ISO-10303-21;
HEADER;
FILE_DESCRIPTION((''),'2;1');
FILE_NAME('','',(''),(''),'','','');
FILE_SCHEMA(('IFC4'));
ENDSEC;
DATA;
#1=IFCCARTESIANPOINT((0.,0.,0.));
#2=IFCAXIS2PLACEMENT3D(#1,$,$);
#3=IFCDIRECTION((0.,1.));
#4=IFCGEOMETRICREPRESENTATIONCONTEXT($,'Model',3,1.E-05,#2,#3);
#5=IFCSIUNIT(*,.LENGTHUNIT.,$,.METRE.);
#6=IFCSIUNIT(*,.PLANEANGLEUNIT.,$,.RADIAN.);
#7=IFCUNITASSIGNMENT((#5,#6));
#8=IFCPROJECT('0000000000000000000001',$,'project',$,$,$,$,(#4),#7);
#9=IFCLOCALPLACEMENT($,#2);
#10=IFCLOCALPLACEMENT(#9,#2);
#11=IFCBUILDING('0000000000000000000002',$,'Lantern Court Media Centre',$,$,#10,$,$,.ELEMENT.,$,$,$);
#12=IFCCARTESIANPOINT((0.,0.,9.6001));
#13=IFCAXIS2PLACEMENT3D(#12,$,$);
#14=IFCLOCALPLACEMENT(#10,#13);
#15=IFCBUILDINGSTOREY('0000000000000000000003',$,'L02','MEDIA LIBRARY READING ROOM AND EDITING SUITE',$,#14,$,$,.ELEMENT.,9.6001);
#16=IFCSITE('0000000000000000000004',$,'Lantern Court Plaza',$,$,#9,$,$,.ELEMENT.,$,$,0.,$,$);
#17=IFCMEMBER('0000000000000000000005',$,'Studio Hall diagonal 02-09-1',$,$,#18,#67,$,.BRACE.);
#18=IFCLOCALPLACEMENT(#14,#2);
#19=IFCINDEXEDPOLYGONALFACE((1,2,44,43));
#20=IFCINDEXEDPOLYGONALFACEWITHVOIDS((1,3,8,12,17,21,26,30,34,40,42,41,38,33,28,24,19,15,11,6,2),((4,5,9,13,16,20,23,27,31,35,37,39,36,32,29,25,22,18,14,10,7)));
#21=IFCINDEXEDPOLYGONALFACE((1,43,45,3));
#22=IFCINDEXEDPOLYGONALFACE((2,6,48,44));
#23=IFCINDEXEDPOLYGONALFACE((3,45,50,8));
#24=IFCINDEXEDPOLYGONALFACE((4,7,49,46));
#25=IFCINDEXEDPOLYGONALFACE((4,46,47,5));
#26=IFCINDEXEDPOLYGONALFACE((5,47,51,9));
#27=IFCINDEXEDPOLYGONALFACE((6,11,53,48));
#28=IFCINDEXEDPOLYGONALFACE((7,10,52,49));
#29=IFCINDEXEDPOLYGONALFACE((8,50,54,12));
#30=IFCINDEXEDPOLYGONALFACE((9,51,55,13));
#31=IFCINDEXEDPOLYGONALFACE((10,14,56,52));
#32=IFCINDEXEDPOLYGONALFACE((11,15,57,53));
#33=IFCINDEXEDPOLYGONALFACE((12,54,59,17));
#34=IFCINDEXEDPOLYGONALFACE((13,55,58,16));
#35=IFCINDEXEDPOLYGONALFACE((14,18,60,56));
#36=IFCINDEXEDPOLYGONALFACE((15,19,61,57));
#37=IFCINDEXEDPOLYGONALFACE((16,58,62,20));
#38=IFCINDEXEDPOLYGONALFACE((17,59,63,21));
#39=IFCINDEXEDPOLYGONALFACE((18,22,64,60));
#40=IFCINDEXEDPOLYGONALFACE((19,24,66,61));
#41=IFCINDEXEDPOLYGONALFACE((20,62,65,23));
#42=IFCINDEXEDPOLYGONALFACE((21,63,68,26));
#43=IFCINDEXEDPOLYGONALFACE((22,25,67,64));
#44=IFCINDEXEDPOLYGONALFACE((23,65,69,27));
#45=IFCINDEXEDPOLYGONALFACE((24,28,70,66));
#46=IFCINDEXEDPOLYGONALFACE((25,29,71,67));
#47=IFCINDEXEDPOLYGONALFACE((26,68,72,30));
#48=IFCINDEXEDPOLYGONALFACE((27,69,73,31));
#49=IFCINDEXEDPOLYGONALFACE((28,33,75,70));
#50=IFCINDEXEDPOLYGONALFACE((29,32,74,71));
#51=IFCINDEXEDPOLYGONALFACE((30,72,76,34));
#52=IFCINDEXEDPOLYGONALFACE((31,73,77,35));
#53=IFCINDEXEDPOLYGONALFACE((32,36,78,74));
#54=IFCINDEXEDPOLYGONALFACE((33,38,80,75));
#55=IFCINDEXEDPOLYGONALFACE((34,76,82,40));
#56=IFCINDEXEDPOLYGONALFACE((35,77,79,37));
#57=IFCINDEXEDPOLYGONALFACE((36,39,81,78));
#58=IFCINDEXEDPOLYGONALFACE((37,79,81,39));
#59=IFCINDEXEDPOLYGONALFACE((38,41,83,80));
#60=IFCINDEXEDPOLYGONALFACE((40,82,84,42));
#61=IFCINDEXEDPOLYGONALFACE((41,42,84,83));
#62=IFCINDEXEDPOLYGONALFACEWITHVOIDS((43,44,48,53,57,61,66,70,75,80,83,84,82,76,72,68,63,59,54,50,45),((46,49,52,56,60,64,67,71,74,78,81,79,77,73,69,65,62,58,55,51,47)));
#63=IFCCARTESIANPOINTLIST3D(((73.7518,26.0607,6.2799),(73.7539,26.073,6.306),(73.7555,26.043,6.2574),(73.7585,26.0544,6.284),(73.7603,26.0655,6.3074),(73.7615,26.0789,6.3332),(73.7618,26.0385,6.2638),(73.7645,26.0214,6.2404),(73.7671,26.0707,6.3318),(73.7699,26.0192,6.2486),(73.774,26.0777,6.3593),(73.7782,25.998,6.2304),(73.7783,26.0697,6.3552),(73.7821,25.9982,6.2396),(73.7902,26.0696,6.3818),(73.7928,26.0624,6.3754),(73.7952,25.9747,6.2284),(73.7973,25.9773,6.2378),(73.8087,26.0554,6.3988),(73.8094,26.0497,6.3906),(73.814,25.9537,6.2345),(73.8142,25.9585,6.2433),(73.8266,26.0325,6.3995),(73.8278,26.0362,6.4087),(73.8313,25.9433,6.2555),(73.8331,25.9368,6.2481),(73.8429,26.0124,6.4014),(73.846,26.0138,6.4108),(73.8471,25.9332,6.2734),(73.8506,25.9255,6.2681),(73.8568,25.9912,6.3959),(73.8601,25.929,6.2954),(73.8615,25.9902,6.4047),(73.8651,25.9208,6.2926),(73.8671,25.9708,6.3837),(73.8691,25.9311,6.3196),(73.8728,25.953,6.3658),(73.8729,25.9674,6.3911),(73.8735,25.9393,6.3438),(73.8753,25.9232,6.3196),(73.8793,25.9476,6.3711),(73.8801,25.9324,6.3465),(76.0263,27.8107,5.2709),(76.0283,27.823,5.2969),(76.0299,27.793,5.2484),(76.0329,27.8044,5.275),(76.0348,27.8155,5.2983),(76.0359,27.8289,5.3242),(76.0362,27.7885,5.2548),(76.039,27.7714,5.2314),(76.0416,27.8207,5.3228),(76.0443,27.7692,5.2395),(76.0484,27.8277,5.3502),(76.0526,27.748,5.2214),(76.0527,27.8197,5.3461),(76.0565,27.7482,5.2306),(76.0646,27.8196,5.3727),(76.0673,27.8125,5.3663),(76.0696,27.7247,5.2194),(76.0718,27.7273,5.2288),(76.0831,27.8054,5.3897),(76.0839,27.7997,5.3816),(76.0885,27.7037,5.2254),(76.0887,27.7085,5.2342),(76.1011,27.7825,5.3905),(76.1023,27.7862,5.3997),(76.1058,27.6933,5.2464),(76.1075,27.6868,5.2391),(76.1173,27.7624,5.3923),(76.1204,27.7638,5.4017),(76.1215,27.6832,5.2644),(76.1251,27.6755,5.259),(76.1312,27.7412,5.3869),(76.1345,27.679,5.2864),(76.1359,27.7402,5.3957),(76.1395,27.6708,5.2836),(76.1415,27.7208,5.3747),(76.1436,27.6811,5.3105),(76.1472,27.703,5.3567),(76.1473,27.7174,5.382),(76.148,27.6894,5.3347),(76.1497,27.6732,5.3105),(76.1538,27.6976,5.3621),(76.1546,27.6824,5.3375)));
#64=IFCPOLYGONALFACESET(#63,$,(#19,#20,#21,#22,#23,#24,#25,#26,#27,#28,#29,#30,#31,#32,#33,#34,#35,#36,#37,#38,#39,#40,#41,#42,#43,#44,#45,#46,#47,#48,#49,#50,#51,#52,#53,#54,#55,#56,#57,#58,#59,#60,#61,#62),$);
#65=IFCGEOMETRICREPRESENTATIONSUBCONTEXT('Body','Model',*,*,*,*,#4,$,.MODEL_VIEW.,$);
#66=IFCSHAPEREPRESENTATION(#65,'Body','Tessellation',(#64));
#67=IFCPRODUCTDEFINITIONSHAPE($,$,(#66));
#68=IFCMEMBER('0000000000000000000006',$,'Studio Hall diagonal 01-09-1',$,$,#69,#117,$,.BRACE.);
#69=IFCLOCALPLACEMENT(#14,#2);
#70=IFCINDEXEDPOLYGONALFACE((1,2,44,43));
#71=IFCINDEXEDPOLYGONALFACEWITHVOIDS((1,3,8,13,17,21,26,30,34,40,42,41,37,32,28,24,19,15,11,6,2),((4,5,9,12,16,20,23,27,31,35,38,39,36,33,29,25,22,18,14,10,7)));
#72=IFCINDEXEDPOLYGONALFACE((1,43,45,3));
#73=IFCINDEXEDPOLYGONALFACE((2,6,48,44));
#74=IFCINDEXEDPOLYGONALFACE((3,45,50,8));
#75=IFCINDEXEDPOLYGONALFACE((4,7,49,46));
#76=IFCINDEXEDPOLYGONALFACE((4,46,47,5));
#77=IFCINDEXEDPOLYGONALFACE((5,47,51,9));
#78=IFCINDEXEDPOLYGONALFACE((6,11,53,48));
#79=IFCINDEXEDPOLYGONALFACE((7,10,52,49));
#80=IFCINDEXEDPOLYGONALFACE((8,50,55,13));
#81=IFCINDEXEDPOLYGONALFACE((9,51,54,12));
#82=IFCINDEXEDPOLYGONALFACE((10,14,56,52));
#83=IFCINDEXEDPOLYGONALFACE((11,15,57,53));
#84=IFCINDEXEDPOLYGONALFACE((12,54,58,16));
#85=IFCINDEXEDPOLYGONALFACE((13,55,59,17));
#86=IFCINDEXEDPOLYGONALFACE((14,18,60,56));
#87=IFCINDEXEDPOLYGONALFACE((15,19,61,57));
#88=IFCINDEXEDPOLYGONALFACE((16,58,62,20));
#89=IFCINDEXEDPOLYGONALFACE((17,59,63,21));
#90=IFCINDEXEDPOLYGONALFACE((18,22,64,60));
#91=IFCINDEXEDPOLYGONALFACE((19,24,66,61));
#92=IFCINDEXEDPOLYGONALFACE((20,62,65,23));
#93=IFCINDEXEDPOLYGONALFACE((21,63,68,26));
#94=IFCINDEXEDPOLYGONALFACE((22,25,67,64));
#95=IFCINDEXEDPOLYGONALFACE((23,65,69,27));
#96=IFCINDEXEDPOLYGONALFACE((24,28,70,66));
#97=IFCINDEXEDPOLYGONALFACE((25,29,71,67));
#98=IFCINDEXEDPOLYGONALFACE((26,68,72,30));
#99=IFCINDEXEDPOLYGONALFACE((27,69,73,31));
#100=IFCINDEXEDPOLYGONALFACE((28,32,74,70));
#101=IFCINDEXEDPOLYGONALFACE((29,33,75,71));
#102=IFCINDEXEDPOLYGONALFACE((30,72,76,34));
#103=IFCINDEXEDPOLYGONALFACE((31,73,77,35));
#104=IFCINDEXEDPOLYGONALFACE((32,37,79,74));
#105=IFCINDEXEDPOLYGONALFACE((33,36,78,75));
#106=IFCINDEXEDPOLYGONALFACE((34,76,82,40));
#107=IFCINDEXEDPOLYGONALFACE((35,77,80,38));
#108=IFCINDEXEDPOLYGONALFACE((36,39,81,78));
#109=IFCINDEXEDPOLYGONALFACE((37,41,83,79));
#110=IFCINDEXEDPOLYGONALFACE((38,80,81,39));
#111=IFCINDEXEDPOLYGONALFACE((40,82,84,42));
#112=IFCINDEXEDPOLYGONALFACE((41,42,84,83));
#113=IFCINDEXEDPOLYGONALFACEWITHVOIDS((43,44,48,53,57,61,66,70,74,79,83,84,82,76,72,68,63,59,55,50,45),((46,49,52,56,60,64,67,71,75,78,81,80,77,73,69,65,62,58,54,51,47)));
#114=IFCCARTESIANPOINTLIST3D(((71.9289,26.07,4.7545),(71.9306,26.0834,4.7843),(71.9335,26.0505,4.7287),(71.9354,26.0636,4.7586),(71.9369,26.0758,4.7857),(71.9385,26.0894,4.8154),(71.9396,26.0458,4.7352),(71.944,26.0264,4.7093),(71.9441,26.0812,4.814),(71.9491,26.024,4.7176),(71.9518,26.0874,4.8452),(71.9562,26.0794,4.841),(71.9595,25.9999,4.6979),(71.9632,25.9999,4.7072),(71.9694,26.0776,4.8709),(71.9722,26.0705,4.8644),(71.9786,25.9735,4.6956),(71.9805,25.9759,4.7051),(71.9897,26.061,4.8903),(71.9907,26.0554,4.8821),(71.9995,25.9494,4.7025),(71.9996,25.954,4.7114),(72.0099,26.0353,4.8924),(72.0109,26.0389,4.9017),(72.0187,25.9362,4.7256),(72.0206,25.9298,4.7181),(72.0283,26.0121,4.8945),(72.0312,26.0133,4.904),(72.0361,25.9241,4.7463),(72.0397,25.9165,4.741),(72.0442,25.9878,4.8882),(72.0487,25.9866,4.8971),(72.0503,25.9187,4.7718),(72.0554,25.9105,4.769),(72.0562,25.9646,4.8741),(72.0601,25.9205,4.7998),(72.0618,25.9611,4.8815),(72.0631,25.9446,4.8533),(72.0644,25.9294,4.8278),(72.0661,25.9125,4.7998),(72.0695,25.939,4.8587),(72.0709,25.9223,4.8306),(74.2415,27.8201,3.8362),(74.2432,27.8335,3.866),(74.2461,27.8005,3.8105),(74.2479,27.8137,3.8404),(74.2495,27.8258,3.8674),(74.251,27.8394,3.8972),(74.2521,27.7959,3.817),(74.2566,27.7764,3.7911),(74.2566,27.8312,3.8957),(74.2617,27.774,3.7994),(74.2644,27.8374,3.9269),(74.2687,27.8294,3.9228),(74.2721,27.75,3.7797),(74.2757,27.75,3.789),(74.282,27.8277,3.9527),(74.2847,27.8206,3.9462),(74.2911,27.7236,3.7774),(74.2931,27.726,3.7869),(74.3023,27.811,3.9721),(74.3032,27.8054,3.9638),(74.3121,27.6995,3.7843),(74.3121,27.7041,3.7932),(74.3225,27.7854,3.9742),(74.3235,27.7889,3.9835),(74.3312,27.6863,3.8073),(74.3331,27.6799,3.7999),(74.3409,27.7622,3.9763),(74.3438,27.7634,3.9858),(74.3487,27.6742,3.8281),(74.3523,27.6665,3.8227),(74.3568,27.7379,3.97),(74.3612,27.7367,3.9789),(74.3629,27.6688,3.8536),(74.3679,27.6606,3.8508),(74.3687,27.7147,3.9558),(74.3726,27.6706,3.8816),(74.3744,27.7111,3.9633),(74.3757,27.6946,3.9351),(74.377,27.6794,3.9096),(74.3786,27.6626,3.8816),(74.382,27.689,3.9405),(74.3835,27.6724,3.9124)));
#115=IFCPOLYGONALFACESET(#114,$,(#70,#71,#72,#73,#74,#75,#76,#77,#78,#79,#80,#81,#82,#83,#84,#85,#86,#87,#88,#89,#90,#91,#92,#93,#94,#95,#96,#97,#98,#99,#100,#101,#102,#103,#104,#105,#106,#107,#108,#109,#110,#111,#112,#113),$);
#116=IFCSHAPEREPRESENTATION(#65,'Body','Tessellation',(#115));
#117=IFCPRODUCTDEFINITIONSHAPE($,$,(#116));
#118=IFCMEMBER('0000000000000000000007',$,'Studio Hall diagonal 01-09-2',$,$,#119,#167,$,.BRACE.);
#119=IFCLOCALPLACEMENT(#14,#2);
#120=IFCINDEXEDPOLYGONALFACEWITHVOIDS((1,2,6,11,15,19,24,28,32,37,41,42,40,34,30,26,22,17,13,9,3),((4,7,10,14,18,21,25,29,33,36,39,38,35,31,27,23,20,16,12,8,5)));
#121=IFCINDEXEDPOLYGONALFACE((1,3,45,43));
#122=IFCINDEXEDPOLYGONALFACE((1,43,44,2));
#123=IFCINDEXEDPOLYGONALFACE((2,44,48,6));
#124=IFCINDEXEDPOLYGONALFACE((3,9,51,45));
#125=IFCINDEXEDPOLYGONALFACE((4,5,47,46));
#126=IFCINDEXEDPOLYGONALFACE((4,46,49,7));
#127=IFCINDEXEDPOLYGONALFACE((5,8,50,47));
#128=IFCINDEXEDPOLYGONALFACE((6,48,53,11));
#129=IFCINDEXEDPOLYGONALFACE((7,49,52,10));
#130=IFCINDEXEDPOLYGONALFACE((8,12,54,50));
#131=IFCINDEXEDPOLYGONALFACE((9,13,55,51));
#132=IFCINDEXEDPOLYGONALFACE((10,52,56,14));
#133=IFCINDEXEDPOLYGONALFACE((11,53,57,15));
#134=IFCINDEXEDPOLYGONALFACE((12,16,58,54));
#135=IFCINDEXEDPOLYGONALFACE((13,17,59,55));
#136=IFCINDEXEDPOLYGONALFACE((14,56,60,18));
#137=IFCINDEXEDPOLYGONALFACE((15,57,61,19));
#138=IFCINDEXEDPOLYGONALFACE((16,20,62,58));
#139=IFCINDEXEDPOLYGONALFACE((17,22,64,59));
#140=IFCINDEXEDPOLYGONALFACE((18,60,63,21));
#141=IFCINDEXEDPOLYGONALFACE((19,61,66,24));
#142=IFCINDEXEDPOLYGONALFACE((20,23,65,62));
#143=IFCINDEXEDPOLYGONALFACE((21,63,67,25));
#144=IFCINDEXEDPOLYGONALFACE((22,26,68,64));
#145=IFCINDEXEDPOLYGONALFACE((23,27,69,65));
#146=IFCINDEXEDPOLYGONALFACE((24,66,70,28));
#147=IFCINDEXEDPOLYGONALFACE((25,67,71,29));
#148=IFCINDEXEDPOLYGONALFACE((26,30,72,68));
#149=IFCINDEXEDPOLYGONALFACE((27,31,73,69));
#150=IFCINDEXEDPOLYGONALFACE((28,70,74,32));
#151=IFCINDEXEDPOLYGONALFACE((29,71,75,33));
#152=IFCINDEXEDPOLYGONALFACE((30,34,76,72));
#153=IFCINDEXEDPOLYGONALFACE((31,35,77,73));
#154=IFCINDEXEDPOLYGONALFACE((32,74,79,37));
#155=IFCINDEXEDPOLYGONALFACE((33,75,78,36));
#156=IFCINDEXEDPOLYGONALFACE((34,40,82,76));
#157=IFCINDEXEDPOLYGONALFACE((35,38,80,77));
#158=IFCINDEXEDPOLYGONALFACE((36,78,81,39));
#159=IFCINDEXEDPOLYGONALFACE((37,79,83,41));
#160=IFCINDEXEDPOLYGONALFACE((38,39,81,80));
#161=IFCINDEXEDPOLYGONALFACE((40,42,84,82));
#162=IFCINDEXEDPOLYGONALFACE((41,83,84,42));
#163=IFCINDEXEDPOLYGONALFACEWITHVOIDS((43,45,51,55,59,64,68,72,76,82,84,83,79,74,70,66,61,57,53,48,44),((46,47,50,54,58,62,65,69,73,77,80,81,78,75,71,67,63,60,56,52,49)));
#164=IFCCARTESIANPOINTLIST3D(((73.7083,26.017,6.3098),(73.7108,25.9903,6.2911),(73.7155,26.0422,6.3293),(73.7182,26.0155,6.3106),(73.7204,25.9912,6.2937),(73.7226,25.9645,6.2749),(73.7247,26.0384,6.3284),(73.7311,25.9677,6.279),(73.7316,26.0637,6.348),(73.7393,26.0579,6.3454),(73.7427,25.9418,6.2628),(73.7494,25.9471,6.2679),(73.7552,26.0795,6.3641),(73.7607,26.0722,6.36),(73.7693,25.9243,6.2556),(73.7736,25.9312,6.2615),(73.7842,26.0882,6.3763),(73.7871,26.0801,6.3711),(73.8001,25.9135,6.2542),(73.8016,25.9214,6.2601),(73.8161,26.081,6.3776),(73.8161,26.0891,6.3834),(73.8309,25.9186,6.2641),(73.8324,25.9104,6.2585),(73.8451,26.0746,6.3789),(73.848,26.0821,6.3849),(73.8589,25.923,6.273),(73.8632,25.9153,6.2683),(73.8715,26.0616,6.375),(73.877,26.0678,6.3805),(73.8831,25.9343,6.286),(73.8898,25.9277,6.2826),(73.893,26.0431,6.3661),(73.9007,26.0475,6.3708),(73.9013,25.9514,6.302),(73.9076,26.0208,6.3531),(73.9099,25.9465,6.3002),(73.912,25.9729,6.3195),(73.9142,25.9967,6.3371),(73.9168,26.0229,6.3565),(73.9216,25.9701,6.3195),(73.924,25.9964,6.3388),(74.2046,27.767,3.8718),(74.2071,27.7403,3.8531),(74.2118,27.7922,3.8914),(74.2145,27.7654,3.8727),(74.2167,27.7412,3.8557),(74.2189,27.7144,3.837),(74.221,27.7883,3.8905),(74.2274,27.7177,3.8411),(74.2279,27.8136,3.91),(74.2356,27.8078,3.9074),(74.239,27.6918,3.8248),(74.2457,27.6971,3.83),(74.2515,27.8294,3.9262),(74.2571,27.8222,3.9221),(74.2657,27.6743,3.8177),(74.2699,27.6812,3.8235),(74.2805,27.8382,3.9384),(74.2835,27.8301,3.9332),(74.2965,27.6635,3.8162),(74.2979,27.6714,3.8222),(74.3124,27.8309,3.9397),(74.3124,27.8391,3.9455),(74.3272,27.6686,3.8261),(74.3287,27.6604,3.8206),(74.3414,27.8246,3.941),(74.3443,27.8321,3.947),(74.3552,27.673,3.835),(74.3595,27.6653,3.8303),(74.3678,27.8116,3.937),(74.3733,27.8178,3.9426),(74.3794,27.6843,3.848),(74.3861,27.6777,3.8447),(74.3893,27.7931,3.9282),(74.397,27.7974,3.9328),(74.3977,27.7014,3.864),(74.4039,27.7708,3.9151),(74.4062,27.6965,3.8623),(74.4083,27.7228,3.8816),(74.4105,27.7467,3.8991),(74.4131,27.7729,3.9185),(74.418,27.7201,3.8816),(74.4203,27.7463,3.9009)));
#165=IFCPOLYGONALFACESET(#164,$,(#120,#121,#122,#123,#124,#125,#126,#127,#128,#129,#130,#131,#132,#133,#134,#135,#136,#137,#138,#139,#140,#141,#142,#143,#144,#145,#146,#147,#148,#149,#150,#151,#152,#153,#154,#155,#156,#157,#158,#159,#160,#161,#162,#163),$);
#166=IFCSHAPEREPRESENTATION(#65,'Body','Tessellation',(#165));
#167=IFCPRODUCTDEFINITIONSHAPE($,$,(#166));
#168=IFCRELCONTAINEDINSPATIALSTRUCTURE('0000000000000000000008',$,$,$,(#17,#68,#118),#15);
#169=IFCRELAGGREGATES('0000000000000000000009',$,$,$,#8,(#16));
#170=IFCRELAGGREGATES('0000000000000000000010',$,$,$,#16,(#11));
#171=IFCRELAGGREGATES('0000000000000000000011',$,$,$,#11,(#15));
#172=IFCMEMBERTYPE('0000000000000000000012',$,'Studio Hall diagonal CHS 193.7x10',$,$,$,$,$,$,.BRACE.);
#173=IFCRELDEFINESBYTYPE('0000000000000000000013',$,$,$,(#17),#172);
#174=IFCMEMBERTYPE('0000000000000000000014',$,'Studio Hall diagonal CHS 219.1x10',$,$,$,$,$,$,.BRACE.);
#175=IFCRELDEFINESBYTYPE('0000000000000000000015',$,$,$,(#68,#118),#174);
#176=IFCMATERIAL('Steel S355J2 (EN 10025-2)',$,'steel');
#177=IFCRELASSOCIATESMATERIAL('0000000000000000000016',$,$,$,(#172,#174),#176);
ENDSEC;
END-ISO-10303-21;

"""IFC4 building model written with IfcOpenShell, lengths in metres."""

from ifc_helpers import new_model, si_unit, direction, frame, origin, origin_2d, place, context, subcontext, project, spatial, hollow_circle, extrude, material, material_profile, profile_set, type_object, element, save


model = new_model("IFC4")

# Units and contexts
model_context = context("Model", 3, precision=1e-05, world=origin(), true_north=direction((0.0, 1.0)))
body_context = subcontext(model_context, "Body", "Model", "MODEL_VIEW")
ifc_project = project(units=[si_unit("LENGTHUNIT", "METRE"), si_unit("PLANEANGLEUNIT", "RADIAN")], contexts=[model_context])

# Site, building, storey
site_placement = place(None, origin())
site = spatial("IfcSite", under=ifc_project, at=site_placement, Name="Lantern Court Plaza", CompositionType="ELEMENT", RefElevation=0.0)
building_placement = place(site_placement, origin())
building = spatial("IfcBuilding", under=site, at=building_placement, Name="Lantern Court Media Centre", CompositionType="ELEMENT")
storey_placement = place(building_placement, frame((0.0, 0.0, 9.6001)))
storey = spatial("IfcBuildingStorey", under=building, at=storey_placement, Name="L02", Description="MEDIA LIBRARY READING ROOM AND EDITING SUITE", CompositionType="ELEMENT", Elevation=9.6001)

# Members
ifc_material_1 = material(Name="Steel S355J2 (EN 10025-2)", Category="steel")
ifc_material_profile_1 = material_profile(ifc_material_1, hollow_circle(Radius=0.0969, WallThickness=0.01, at=origin_2d()), Name="Studio Hall diagonal CHS 193.7x10")
ifc_profile_set_1 = profile_set([ifc_material_profile_1], Name="Steel S355J2 (EN 10025-2)")
member_type_1 = type_object("IfcMemberType", Name="Studio Hall diagonal CHS 193.7x10", PredefinedType="BRACE", material=ifc_profile_set_1)
member_1_placement = place(storey_placement, frame((76.0906, 27.75, 5.3105), z_axis=(-0.747677, -0.575284, 0.331703), x_axis=(0.609809, -0.792548, 0.0)))
element("IfcMember", 1, at=member_1_placement, inside=storey, type_object=member_type_1, Name="Studio Hall diagonal 02-09-1", PredefinedType="BRACE", context=body_context, shape_type="SweptSolid", body=[
    extrude(hollow_circle(Radius=0.0969, WallThickness=0.01, at=origin_2d()), origin(), (0.0, 0.0, 1.0), 3.042),
])
ifc_material_profile_2 = material_profile(ifc_material_1, hollow_circle(Radius=0.1096, WallThickness=0.01, at=origin_2d()), Name="Studio Hall diagonal CHS 219.1x10")
ifc_profile_set_2 = profile_set([ifc_material_profile_2], Name="Steel S355J2 (EN 10025-2)")
member_type_2 = type_object("IfcMemberType", Name="Studio Hall diagonal CHS 219.1x10", PredefinedType="BRACE", material=ifc_profile_set_2)
member_2_placement = place(storey_placement, frame((74.3125, 27.75, 3.8816), z_axis=(-0.760211, -0.575295, 0.301853), x_axis=(0.603443, -0.797406, 0.0)))
element("IfcMember", 2, at=member_2_placement, inside=storey, type_object=member_type_2, Name="Studio Hall diagonal 01-09-1", PredefinedType="BRACE", context=body_context, shape_type="SweptSolid", body=[
    extrude(hollow_circle(Radius=0.1096, WallThickness=0.01, at=origin_2d()), origin(), (0.0, 0.0, 1.0), 3.042),
])
for number, where, z_axis, x_axis, name in (
    (3, (74.3125, 27.75, 3.8816), (-0.163172, -0.575314, 0.801491), (0.962054, -0.272859, 0.0), "Studio Hall diagonal 01-09-2"),
):
    element("IfcMember", number, at=place(storey_placement, frame(where, z_axis=z_axis, x_axis=x_axis)), inside=storey, type_object=member_type_2, Name=name, PredefinedType="BRACE", context=body_context, shape_type="SweptSolid", body=[
        extrude(hollow_circle(Radius=0.1096, WallThickness=0.01, at=origin_2d()), origin(), (0.0, 0.0, 1.0), 3.0417),
    ])

save(model, "model.ifc")
